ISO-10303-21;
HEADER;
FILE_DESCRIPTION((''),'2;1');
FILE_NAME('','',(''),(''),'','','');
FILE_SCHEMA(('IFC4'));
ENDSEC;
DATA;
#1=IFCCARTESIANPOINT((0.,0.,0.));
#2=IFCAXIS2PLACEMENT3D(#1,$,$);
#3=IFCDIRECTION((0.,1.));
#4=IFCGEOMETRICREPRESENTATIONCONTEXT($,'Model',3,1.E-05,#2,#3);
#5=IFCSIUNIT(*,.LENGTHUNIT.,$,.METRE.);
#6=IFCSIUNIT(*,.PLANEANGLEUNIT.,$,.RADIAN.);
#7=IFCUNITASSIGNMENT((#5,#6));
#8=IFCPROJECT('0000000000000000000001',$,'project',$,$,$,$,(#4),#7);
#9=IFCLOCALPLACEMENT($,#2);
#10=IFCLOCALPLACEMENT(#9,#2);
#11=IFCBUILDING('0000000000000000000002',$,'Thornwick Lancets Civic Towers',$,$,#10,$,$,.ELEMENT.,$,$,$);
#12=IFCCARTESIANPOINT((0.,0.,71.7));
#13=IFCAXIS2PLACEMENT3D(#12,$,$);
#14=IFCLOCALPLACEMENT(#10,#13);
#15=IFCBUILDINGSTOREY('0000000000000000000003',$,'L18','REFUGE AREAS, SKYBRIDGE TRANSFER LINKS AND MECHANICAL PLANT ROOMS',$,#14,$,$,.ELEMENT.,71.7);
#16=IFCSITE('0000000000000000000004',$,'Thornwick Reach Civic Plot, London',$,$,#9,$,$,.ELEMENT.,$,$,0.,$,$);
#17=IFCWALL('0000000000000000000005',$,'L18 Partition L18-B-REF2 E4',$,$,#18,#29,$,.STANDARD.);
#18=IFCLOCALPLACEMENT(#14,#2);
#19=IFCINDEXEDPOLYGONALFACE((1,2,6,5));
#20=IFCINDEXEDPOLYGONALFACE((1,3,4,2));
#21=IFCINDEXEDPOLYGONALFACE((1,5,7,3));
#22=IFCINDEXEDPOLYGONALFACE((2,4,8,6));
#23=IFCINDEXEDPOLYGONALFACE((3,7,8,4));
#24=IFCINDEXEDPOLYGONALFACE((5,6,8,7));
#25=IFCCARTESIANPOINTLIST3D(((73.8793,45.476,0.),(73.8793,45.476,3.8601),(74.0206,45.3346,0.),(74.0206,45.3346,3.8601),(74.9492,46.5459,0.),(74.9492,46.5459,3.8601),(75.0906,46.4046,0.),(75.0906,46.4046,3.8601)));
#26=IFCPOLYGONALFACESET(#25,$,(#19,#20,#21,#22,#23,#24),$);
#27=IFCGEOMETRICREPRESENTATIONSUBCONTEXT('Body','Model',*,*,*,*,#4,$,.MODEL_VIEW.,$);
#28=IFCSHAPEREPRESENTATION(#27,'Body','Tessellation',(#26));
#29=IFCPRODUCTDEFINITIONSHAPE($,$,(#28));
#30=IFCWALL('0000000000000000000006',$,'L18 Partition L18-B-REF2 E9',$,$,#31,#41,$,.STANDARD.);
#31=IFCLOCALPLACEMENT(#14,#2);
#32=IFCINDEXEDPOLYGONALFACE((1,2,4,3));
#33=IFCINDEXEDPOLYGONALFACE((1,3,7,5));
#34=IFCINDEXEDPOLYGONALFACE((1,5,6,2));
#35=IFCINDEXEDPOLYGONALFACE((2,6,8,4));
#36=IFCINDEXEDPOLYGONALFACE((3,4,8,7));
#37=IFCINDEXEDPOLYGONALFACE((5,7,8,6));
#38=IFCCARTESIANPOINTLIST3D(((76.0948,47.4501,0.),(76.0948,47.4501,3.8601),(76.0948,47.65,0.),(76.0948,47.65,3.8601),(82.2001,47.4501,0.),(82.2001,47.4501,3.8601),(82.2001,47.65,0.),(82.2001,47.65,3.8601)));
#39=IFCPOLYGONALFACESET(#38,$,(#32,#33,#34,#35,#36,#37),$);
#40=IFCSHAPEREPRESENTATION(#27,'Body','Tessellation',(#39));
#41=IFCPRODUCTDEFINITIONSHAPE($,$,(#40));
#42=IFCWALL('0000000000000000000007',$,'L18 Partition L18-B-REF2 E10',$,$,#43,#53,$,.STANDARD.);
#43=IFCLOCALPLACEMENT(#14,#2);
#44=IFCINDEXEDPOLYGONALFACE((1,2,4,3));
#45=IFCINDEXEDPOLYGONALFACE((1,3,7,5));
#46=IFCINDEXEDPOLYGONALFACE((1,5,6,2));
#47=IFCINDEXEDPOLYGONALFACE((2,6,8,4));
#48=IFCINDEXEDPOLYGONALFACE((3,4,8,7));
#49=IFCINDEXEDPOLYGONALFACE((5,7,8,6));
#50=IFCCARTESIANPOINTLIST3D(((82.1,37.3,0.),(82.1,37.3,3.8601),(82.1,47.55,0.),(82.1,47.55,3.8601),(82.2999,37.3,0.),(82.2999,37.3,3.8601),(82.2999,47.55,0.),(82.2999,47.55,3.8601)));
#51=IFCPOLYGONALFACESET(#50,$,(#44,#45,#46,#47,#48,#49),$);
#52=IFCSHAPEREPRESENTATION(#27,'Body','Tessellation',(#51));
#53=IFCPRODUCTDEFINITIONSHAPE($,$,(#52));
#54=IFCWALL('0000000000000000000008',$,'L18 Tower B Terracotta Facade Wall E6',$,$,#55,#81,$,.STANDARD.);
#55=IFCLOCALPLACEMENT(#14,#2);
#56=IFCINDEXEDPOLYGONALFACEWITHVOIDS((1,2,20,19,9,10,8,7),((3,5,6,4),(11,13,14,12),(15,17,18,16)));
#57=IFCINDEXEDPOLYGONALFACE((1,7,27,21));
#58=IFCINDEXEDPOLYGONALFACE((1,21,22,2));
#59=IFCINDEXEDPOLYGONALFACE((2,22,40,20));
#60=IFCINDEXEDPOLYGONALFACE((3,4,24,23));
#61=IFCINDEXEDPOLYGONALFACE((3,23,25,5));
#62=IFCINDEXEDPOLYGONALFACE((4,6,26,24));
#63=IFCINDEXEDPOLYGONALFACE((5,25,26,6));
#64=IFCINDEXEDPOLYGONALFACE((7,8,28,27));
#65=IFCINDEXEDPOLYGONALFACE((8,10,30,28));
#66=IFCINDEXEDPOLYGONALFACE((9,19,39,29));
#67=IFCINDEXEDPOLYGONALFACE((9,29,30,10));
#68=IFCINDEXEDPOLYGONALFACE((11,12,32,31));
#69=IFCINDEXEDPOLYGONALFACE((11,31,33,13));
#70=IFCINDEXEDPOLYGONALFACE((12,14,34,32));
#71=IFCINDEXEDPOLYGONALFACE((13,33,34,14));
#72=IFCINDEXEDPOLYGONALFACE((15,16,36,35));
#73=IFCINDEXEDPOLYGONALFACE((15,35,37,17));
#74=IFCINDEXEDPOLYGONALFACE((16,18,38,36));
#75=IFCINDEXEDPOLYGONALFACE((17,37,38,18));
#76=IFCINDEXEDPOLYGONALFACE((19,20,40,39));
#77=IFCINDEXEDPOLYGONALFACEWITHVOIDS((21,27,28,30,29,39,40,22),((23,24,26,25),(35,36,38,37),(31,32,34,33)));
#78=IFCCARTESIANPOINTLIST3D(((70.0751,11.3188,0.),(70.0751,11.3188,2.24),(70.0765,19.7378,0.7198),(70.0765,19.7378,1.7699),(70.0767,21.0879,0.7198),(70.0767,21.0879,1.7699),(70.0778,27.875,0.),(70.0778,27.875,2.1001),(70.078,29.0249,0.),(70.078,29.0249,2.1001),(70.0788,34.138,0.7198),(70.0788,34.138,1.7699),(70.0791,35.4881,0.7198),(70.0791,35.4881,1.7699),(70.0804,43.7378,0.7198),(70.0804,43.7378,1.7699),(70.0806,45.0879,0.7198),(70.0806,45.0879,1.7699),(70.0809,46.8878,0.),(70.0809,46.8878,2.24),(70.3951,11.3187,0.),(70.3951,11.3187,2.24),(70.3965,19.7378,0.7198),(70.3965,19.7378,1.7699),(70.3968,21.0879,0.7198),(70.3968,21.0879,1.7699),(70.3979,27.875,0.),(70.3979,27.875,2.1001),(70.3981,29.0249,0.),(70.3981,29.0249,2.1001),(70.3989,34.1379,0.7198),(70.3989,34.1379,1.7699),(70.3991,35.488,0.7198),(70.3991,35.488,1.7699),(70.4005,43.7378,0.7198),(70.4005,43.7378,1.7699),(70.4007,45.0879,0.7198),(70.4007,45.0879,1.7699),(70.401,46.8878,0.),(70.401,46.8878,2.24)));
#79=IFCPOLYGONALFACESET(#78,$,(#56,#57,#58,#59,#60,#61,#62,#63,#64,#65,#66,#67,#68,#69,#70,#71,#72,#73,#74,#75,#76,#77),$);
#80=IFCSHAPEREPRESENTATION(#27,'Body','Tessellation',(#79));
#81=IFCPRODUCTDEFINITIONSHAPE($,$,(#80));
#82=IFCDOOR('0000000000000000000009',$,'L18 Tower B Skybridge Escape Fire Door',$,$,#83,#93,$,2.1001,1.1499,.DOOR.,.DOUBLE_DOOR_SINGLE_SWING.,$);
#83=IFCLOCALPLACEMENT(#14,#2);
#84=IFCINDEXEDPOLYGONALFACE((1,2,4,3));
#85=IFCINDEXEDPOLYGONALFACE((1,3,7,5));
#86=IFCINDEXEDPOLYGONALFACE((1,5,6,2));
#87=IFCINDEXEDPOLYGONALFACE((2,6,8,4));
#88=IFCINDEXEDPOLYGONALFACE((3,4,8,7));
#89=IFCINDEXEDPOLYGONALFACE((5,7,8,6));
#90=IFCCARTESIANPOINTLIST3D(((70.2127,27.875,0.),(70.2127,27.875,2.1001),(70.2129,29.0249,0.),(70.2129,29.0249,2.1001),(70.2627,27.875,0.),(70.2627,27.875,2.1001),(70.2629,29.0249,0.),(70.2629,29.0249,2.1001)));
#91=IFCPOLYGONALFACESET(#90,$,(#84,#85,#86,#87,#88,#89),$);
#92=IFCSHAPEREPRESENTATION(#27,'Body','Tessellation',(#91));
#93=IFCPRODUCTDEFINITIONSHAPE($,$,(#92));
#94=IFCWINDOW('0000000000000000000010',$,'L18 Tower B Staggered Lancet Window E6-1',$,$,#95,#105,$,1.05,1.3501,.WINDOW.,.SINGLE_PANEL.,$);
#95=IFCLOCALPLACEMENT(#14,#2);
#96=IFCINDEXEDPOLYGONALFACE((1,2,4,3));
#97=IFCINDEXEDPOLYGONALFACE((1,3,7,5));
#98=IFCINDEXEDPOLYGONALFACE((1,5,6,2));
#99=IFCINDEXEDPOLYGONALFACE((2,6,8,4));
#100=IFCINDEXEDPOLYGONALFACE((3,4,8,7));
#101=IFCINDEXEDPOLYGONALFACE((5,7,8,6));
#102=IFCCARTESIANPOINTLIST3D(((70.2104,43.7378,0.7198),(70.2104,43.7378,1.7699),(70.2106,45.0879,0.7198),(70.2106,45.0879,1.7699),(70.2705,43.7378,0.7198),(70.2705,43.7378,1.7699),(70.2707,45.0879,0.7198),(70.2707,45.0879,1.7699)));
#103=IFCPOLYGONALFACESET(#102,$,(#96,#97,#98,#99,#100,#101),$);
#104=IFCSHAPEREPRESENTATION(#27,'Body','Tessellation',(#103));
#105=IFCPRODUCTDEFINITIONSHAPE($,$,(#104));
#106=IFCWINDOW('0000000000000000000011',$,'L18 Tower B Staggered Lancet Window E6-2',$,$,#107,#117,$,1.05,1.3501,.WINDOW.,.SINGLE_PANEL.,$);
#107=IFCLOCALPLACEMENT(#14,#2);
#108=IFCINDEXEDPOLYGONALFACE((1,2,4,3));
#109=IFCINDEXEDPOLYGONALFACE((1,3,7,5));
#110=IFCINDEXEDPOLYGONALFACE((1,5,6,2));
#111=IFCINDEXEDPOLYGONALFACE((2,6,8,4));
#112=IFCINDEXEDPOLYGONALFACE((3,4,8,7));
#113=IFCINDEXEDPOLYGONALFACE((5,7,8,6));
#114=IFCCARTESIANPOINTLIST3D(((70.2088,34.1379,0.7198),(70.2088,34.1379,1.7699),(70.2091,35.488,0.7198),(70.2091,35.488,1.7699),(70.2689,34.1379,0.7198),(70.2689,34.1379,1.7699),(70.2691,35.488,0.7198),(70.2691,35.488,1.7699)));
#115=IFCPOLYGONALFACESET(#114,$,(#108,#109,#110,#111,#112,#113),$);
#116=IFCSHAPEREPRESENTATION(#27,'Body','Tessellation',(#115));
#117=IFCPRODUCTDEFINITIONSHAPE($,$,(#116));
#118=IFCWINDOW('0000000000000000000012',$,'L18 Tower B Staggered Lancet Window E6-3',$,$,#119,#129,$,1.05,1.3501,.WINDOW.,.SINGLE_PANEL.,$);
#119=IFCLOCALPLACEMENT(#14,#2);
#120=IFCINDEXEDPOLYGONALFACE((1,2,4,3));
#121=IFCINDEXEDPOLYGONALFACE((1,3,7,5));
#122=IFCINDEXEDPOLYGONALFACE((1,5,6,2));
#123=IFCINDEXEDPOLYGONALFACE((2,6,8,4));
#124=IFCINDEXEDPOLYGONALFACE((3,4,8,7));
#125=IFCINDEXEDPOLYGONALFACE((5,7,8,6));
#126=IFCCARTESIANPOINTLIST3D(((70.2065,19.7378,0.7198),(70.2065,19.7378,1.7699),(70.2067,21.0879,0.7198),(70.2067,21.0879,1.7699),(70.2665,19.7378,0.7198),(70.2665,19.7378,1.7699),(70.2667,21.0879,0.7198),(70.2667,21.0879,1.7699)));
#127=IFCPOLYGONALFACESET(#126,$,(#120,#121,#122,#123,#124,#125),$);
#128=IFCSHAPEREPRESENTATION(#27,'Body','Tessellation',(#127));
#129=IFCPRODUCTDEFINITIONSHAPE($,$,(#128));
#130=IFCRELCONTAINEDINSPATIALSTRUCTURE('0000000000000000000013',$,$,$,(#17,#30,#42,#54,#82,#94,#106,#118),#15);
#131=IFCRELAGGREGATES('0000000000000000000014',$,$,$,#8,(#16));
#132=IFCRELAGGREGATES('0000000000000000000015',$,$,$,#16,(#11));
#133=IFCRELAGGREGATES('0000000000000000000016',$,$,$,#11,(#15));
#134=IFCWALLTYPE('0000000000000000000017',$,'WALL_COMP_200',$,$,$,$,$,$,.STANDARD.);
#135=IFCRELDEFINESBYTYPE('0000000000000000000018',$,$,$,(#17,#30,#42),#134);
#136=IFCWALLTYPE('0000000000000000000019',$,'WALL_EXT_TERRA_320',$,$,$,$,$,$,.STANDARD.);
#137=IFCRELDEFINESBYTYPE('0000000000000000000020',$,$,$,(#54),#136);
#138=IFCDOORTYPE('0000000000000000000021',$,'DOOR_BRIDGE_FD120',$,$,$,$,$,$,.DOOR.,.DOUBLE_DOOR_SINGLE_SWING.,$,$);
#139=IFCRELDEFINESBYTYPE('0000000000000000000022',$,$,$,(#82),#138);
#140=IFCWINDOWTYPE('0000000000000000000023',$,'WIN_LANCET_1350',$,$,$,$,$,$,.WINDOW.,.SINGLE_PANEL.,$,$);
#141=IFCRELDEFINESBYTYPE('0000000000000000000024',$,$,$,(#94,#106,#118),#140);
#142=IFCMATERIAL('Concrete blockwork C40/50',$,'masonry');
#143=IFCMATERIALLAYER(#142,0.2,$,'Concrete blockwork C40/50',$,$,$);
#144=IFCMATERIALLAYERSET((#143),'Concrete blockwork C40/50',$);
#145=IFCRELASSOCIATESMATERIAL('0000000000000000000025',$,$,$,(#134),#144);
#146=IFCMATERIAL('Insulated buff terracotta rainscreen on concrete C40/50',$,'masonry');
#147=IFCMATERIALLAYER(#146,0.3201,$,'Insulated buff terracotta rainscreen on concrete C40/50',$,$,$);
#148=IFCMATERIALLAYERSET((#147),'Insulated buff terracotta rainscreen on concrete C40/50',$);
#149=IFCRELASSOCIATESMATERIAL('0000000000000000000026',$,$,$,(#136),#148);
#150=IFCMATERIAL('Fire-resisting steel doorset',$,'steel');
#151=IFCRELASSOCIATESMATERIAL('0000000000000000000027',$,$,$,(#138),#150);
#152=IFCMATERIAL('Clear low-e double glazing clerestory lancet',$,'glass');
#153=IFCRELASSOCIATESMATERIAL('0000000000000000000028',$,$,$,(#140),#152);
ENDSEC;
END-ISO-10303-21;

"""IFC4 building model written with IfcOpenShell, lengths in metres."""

from ifc_helpers import new_model, si_unit, direction, frame, frame_2d, origin, place, context, subcontext, project, spatial, rectangle, extrude, material, layer, layer_set, type_object, element, fill, save


model = new_model("IFC4")

# Units and contexts
model_context = context("Model", 3, precision=1e-05, world=origin(), true_north=direction((0.0, 1.0)))
body_context = subcontext(model_context, "Body", "Model", "MODEL_VIEW")
ifc_project = project(units=[si_unit("LENGTHUNIT", "METRE"), si_unit("PLANEANGLEUNIT", "RADIAN")], contexts=[model_context])

# Site, building, storey
site_placement = place(None, origin())
site = spatial("IfcSite", under=ifc_project, at=site_placement, Name="Thornwick Reach Civic Plot, London", CompositionType="ELEMENT", RefElevation=0.0)
building_placement = place(site_placement, origin())
building = spatial("IfcBuilding", under=site, at=building_placement, Name="Thornwick Lancets Civic Towers", CompositionType="ELEMENT")
storey_placement = place(building_placement, frame((0.0, 0.0, 71.7)))
storey = spatial("IfcBuildingStorey", under=building, at=storey_placement, Name="L18", Description="REFUGE AREAS, SKYBRIDGE TRANSFER LINKS AND MECHANICAL PLANT ROOMS", CompositionType="ELEMENT", Elevation=71.7)

# Walls
ifc_material_1 = material(Name="Concrete blockwork C40/50", Category="masonry")
ifc_layer_1 = layer(ifc_material_1, 0.2, Name="Concrete blockwork C40/50")
ifc_layer_set_1 = layer_set([ifc_layer_1], Name="Concrete blockwork C40/50")
wall_type_1 = type_object("IfcWallType", Name="WALL_COMP_200", PredefinedType="STANDARD", material=ifc_layer_set_1)
wall_1_placement = place(storey_placement, frame((73.95, 45.4053, 0.0), z_axis=(0.0, 0.0, 1.0), x_axis=(0.707107, 0.707107, 0.0)))
element("IfcWall", 1, at=wall_1_placement, inside=storey, type_object=wall_type_1, Name="L18 Partition L18-B-REF2 E4", PredefinedType="STANDARD", context=body_context, shape_type="SweptSolid", body=[
    extrude(rectangle(XDim=1.5132, YDim=0.2, at=frame_2d((0.7566, 0.0))), origin(), (0.0, 0.0, 1.0), 3.8601),
])
wall_2_placement = place(storey_placement, frame((76.0947, 47.55, 0.0), z_axis=(0.0, 0.0, 1.0), x_axis=(1.0, 0.0, 0.0)))
element("IfcWall", 2, at=wall_2_placement, inside=storey, type_object=wall_type_1, Name="L18 Partition L18-B-REF2 E9", PredefinedType="STANDARD", context=body_context, shape_type="SweptSolid", body=[
    extrude(rectangle(XDim=6.1052, YDim=0.2, at=frame_2d((3.0527, 0.0))), origin(), (0.0, 0.0, 1.0), 3.8601),
])
wall_3_placement = place(storey_placement, frame((82.2, 47.55, 0.0), z_axis=(0.0, 0.0, 1.0), x_axis=(0.0, -1.0, 0.0)))
element("IfcWall", 3, at=wall_3_placement, inside=storey, type_object=wall_type_1, Name="L18 Partition L18-B-REF2 E10", PredefinedType="STANDARD", context=body_context, shape_type="SweptSolid", body=[
    extrude(rectangle(XDim=10.25, YDim=0.2, at=frame_2d((5.125, 0.0))), origin(), (0.0, 0.0, 1.0), 3.8601),
])

# Wall, openings, door, windows
ifc_material_2 = material(Name="Insulated buff terracotta rainscreen on concrete C40/50", Category="masonry")
ifc_layer_2 = layer(ifc_material_2, 0.3201, Name="Insulated buff terracotta rainscreen on concrete C40/50")
ifc_layer_set_2 = layer_set([ifc_layer_2], Name="Insulated buff terracotta rainscreen on concrete C40/50")
wall_type_2 = type_object("IfcWallType", Name="WALL_EXT_TERRA_320", PredefinedType="STANDARD", material=ifc_layer_set_2)
wall_4_placement = place(storey_placement, frame((70.241, 46.8879, 0.0), z_axis=(0.0, 0.0, 1.0), x_axis=(-0.000165, -1.0, 0.0)))
wall_4 = element("IfcWall", 4, at=wall_4_placement, inside=storey, type_object=wall_type_2, Name="L18 Tower B Terracotta Facade Wall E6", PredefinedType="STANDARD", context=body_context, shape_type="SweptSolid", body=[
    extrude(rectangle(XDim=35.5691, YDim=0.3201, at=frame_2d((17.7847, 0.0))), origin(), (0.0, 0.0, 1.0), 2.24),
])
opening_1_placement = place(wall_4_placement, frame((17.863, 0.0, 0.0)))
opening_1 = element("IfcOpeningElement", 5, at=opening_1_placement, cuts=wall_4, PredefinedType="OPENING", context=body_context, shape_type="SweptSolid", body=[
    extrude(rectangle(XDim=1.1499, YDim=2.1001, at=frame_2d((0.575, 1.05))), frame((0.0, 0.1699, 0.0), z_axis=(0.0, -1.0, 0.0), x_axis=(1.0, 0.0, 0.0)), (0.0, 0.0, 1.0), 0.3401),
])
opening_2_placement = place(wall_4_placement, frame((1.8, 0.0, 0.72)))
opening_2 = element("IfcOpeningElement", 6, at=opening_2_placement, cuts=wall_4, PredefinedType="OPENING", context=body_context, shape_type="SweptSolid", body=[
    extrude(rectangle(XDim=1.3501, YDim=1.05, at=frame_2d((0.675, 0.5249))), frame((0.0, 0.1699, 0.0), z_axis=(0.0, -1.0, 0.0), x_axis=(1.0, 0.0, 0.0)), (0.0, 0.0, 1.0), 0.3401),
])
opening_3_placement = place(wall_4_placement, frame((11.3999, 0.0, 0.72)))
opening_3 = element("IfcOpeningElement", 7, at=opening_3_placement, cuts=wall_4, PredefinedType="OPENING", context=body_context, shape_type="SweptSolid", body=[
    extrude(rectangle(XDim=1.3501, YDim=1.05, at=frame_2d((0.675, 0.5249))), frame((0.0, 0.1699, 0.0), z_axis=(0.0, -1.0, 0.0), x_axis=(1.0, 0.0, 0.0)), (0.0, 0.0, 1.0), 0.3401),
])
opening_4_placement = place(wall_4_placement, frame((25.8, 0.0, 0.72)))
opening_4 = element("IfcOpeningElement", 8, at=opening_4_placement, cuts=wall_4, PredefinedType="OPENING", context=body_context, shape_type="SweptSolid", body=[
    extrude(rectangle(XDim=1.3501, YDim=1.05, at=frame_2d((0.675, 0.5249))), frame((0.0, 0.1699, 0.0), z_axis=(0.0, -1.0, 0.0), x_axis=(1.0, 0.0, 0.0)), (0.0, 0.0, 1.0), 0.3401),
])
ifc_material_3 = material(Name="Fire-resisting steel doorset", Category="steel")
door_type = type_object("IfcDoorType", Name="DOOR_BRIDGE_FD120", OperationType="DOUBLE_DOOR_SINGLE_SWING", PredefinedType="DOOR", material=ifc_material_3)
door_placement = place(opening_1_placement, origin())
door = element("IfcDoor", 9, at=door_placement, inside=storey, type_object=door_type, Name="L18 Tower B Skybridge Escape Fire Door", OperationType="DOUBLE_DOOR_SINGLE_SWING", OverallHeight=2.1001, OverallWidth=1.1499, PredefinedType="DOOR", context=body_context, shape_type="SweptSolid", body=[
    extrude(rectangle(XDim=1.1499, YDim=2.1001, at=frame_2d((0.575, 1.05))), frame((0.0, 0.0249, 0.0), z_axis=(0.0, -1.0, 0.0), x_axis=(1.0, 0.0, 0.0)), (0.0, 0.0, 1.0), 0.05),
])
fill(opening_1, door)
ifc_material_4 = material(Name="Clear low-e double glazing clerestory lancet", Category="glass")
window_type = type_object("IfcWindowType", Name="WIN_LANCET_1350", PartitioningType="SINGLE_PANEL", PredefinedType="WINDOW", material=ifc_material_4)
window_1_placement = place(opening_2_placement, origin())
window_1 = element("IfcWindow", 10, at=window_1_placement, inside=storey, type_object=window_type, Name="L18 Tower B Staggered Lancet Window E6-1", OverallHeight=1.05, OverallWidth=1.3501, PartitioningType="SINGLE_PANEL", PredefinedType="WINDOW", context=body_context, shape_type="SweptSolid", body=[
    extrude(rectangle(XDim=1.3501, YDim=1.05, at=frame_2d((0.675, 0.5249))), frame((0.0, 0.03, 0.0), z_axis=(0.0, -1.0, 0.0), x_axis=(1.0, 0.0, 0.0)), (0.0, 0.0, 1.0), 0.0601),
])
fill(opening_2, window_1)
window_2_placement = place(opening_3_placement, origin())
window_2 = element("IfcWindow", 11, at=window_2_placement, inside=storey, type_object=window_type, Name="L18 Tower B Staggered Lancet Window E6-2", OverallHeight=1.05, OverallWidth=1.3501, PartitioningType="SINGLE_PANEL", PredefinedType="WINDOW", context=body_context, shape_type="SweptSolid", body=[
    extrude(rectangle(XDim=1.3501, YDim=1.05, at=frame_2d((0.675, 0.5249))), frame((0.0, 0.03, 0.0), z_axis=(0.0, -1.0, 0.0), x_axis=(1.0, 0.0, 0.0)), (0.0, 0.0, 1.0), 0.0601),
])
fill(opening_3, window_2)
window_3_placement = place(opening_4_placement, origin())
window_3 = element("IfcWindow", 12, at=window_3_placement, inside=storey, type_object=window_type, Name="L18 Tower B Staggered Lancet Window E6-3", OverallHeight=1.05, OverallWidth=1.3501, PartitioningType="SINGLE_PANEL", PredefinedType="WINDOW", context=body_context, shape_type="SweptSolid", body=[
    extrude(rectangle(XDim=1.3501, YDim=1.05, at=frame_2d((0.675, 0.5249))), frame((0.0, 0.03, 0.0), z_axis=(0.0, -1.0, 0.0), x_axis=(1.0, 0.0, 0.0)), (0.0, 0.0, 1.0), 0.0601),
])
fill(opening_4, window_3)

save(model, "model.ifc")
